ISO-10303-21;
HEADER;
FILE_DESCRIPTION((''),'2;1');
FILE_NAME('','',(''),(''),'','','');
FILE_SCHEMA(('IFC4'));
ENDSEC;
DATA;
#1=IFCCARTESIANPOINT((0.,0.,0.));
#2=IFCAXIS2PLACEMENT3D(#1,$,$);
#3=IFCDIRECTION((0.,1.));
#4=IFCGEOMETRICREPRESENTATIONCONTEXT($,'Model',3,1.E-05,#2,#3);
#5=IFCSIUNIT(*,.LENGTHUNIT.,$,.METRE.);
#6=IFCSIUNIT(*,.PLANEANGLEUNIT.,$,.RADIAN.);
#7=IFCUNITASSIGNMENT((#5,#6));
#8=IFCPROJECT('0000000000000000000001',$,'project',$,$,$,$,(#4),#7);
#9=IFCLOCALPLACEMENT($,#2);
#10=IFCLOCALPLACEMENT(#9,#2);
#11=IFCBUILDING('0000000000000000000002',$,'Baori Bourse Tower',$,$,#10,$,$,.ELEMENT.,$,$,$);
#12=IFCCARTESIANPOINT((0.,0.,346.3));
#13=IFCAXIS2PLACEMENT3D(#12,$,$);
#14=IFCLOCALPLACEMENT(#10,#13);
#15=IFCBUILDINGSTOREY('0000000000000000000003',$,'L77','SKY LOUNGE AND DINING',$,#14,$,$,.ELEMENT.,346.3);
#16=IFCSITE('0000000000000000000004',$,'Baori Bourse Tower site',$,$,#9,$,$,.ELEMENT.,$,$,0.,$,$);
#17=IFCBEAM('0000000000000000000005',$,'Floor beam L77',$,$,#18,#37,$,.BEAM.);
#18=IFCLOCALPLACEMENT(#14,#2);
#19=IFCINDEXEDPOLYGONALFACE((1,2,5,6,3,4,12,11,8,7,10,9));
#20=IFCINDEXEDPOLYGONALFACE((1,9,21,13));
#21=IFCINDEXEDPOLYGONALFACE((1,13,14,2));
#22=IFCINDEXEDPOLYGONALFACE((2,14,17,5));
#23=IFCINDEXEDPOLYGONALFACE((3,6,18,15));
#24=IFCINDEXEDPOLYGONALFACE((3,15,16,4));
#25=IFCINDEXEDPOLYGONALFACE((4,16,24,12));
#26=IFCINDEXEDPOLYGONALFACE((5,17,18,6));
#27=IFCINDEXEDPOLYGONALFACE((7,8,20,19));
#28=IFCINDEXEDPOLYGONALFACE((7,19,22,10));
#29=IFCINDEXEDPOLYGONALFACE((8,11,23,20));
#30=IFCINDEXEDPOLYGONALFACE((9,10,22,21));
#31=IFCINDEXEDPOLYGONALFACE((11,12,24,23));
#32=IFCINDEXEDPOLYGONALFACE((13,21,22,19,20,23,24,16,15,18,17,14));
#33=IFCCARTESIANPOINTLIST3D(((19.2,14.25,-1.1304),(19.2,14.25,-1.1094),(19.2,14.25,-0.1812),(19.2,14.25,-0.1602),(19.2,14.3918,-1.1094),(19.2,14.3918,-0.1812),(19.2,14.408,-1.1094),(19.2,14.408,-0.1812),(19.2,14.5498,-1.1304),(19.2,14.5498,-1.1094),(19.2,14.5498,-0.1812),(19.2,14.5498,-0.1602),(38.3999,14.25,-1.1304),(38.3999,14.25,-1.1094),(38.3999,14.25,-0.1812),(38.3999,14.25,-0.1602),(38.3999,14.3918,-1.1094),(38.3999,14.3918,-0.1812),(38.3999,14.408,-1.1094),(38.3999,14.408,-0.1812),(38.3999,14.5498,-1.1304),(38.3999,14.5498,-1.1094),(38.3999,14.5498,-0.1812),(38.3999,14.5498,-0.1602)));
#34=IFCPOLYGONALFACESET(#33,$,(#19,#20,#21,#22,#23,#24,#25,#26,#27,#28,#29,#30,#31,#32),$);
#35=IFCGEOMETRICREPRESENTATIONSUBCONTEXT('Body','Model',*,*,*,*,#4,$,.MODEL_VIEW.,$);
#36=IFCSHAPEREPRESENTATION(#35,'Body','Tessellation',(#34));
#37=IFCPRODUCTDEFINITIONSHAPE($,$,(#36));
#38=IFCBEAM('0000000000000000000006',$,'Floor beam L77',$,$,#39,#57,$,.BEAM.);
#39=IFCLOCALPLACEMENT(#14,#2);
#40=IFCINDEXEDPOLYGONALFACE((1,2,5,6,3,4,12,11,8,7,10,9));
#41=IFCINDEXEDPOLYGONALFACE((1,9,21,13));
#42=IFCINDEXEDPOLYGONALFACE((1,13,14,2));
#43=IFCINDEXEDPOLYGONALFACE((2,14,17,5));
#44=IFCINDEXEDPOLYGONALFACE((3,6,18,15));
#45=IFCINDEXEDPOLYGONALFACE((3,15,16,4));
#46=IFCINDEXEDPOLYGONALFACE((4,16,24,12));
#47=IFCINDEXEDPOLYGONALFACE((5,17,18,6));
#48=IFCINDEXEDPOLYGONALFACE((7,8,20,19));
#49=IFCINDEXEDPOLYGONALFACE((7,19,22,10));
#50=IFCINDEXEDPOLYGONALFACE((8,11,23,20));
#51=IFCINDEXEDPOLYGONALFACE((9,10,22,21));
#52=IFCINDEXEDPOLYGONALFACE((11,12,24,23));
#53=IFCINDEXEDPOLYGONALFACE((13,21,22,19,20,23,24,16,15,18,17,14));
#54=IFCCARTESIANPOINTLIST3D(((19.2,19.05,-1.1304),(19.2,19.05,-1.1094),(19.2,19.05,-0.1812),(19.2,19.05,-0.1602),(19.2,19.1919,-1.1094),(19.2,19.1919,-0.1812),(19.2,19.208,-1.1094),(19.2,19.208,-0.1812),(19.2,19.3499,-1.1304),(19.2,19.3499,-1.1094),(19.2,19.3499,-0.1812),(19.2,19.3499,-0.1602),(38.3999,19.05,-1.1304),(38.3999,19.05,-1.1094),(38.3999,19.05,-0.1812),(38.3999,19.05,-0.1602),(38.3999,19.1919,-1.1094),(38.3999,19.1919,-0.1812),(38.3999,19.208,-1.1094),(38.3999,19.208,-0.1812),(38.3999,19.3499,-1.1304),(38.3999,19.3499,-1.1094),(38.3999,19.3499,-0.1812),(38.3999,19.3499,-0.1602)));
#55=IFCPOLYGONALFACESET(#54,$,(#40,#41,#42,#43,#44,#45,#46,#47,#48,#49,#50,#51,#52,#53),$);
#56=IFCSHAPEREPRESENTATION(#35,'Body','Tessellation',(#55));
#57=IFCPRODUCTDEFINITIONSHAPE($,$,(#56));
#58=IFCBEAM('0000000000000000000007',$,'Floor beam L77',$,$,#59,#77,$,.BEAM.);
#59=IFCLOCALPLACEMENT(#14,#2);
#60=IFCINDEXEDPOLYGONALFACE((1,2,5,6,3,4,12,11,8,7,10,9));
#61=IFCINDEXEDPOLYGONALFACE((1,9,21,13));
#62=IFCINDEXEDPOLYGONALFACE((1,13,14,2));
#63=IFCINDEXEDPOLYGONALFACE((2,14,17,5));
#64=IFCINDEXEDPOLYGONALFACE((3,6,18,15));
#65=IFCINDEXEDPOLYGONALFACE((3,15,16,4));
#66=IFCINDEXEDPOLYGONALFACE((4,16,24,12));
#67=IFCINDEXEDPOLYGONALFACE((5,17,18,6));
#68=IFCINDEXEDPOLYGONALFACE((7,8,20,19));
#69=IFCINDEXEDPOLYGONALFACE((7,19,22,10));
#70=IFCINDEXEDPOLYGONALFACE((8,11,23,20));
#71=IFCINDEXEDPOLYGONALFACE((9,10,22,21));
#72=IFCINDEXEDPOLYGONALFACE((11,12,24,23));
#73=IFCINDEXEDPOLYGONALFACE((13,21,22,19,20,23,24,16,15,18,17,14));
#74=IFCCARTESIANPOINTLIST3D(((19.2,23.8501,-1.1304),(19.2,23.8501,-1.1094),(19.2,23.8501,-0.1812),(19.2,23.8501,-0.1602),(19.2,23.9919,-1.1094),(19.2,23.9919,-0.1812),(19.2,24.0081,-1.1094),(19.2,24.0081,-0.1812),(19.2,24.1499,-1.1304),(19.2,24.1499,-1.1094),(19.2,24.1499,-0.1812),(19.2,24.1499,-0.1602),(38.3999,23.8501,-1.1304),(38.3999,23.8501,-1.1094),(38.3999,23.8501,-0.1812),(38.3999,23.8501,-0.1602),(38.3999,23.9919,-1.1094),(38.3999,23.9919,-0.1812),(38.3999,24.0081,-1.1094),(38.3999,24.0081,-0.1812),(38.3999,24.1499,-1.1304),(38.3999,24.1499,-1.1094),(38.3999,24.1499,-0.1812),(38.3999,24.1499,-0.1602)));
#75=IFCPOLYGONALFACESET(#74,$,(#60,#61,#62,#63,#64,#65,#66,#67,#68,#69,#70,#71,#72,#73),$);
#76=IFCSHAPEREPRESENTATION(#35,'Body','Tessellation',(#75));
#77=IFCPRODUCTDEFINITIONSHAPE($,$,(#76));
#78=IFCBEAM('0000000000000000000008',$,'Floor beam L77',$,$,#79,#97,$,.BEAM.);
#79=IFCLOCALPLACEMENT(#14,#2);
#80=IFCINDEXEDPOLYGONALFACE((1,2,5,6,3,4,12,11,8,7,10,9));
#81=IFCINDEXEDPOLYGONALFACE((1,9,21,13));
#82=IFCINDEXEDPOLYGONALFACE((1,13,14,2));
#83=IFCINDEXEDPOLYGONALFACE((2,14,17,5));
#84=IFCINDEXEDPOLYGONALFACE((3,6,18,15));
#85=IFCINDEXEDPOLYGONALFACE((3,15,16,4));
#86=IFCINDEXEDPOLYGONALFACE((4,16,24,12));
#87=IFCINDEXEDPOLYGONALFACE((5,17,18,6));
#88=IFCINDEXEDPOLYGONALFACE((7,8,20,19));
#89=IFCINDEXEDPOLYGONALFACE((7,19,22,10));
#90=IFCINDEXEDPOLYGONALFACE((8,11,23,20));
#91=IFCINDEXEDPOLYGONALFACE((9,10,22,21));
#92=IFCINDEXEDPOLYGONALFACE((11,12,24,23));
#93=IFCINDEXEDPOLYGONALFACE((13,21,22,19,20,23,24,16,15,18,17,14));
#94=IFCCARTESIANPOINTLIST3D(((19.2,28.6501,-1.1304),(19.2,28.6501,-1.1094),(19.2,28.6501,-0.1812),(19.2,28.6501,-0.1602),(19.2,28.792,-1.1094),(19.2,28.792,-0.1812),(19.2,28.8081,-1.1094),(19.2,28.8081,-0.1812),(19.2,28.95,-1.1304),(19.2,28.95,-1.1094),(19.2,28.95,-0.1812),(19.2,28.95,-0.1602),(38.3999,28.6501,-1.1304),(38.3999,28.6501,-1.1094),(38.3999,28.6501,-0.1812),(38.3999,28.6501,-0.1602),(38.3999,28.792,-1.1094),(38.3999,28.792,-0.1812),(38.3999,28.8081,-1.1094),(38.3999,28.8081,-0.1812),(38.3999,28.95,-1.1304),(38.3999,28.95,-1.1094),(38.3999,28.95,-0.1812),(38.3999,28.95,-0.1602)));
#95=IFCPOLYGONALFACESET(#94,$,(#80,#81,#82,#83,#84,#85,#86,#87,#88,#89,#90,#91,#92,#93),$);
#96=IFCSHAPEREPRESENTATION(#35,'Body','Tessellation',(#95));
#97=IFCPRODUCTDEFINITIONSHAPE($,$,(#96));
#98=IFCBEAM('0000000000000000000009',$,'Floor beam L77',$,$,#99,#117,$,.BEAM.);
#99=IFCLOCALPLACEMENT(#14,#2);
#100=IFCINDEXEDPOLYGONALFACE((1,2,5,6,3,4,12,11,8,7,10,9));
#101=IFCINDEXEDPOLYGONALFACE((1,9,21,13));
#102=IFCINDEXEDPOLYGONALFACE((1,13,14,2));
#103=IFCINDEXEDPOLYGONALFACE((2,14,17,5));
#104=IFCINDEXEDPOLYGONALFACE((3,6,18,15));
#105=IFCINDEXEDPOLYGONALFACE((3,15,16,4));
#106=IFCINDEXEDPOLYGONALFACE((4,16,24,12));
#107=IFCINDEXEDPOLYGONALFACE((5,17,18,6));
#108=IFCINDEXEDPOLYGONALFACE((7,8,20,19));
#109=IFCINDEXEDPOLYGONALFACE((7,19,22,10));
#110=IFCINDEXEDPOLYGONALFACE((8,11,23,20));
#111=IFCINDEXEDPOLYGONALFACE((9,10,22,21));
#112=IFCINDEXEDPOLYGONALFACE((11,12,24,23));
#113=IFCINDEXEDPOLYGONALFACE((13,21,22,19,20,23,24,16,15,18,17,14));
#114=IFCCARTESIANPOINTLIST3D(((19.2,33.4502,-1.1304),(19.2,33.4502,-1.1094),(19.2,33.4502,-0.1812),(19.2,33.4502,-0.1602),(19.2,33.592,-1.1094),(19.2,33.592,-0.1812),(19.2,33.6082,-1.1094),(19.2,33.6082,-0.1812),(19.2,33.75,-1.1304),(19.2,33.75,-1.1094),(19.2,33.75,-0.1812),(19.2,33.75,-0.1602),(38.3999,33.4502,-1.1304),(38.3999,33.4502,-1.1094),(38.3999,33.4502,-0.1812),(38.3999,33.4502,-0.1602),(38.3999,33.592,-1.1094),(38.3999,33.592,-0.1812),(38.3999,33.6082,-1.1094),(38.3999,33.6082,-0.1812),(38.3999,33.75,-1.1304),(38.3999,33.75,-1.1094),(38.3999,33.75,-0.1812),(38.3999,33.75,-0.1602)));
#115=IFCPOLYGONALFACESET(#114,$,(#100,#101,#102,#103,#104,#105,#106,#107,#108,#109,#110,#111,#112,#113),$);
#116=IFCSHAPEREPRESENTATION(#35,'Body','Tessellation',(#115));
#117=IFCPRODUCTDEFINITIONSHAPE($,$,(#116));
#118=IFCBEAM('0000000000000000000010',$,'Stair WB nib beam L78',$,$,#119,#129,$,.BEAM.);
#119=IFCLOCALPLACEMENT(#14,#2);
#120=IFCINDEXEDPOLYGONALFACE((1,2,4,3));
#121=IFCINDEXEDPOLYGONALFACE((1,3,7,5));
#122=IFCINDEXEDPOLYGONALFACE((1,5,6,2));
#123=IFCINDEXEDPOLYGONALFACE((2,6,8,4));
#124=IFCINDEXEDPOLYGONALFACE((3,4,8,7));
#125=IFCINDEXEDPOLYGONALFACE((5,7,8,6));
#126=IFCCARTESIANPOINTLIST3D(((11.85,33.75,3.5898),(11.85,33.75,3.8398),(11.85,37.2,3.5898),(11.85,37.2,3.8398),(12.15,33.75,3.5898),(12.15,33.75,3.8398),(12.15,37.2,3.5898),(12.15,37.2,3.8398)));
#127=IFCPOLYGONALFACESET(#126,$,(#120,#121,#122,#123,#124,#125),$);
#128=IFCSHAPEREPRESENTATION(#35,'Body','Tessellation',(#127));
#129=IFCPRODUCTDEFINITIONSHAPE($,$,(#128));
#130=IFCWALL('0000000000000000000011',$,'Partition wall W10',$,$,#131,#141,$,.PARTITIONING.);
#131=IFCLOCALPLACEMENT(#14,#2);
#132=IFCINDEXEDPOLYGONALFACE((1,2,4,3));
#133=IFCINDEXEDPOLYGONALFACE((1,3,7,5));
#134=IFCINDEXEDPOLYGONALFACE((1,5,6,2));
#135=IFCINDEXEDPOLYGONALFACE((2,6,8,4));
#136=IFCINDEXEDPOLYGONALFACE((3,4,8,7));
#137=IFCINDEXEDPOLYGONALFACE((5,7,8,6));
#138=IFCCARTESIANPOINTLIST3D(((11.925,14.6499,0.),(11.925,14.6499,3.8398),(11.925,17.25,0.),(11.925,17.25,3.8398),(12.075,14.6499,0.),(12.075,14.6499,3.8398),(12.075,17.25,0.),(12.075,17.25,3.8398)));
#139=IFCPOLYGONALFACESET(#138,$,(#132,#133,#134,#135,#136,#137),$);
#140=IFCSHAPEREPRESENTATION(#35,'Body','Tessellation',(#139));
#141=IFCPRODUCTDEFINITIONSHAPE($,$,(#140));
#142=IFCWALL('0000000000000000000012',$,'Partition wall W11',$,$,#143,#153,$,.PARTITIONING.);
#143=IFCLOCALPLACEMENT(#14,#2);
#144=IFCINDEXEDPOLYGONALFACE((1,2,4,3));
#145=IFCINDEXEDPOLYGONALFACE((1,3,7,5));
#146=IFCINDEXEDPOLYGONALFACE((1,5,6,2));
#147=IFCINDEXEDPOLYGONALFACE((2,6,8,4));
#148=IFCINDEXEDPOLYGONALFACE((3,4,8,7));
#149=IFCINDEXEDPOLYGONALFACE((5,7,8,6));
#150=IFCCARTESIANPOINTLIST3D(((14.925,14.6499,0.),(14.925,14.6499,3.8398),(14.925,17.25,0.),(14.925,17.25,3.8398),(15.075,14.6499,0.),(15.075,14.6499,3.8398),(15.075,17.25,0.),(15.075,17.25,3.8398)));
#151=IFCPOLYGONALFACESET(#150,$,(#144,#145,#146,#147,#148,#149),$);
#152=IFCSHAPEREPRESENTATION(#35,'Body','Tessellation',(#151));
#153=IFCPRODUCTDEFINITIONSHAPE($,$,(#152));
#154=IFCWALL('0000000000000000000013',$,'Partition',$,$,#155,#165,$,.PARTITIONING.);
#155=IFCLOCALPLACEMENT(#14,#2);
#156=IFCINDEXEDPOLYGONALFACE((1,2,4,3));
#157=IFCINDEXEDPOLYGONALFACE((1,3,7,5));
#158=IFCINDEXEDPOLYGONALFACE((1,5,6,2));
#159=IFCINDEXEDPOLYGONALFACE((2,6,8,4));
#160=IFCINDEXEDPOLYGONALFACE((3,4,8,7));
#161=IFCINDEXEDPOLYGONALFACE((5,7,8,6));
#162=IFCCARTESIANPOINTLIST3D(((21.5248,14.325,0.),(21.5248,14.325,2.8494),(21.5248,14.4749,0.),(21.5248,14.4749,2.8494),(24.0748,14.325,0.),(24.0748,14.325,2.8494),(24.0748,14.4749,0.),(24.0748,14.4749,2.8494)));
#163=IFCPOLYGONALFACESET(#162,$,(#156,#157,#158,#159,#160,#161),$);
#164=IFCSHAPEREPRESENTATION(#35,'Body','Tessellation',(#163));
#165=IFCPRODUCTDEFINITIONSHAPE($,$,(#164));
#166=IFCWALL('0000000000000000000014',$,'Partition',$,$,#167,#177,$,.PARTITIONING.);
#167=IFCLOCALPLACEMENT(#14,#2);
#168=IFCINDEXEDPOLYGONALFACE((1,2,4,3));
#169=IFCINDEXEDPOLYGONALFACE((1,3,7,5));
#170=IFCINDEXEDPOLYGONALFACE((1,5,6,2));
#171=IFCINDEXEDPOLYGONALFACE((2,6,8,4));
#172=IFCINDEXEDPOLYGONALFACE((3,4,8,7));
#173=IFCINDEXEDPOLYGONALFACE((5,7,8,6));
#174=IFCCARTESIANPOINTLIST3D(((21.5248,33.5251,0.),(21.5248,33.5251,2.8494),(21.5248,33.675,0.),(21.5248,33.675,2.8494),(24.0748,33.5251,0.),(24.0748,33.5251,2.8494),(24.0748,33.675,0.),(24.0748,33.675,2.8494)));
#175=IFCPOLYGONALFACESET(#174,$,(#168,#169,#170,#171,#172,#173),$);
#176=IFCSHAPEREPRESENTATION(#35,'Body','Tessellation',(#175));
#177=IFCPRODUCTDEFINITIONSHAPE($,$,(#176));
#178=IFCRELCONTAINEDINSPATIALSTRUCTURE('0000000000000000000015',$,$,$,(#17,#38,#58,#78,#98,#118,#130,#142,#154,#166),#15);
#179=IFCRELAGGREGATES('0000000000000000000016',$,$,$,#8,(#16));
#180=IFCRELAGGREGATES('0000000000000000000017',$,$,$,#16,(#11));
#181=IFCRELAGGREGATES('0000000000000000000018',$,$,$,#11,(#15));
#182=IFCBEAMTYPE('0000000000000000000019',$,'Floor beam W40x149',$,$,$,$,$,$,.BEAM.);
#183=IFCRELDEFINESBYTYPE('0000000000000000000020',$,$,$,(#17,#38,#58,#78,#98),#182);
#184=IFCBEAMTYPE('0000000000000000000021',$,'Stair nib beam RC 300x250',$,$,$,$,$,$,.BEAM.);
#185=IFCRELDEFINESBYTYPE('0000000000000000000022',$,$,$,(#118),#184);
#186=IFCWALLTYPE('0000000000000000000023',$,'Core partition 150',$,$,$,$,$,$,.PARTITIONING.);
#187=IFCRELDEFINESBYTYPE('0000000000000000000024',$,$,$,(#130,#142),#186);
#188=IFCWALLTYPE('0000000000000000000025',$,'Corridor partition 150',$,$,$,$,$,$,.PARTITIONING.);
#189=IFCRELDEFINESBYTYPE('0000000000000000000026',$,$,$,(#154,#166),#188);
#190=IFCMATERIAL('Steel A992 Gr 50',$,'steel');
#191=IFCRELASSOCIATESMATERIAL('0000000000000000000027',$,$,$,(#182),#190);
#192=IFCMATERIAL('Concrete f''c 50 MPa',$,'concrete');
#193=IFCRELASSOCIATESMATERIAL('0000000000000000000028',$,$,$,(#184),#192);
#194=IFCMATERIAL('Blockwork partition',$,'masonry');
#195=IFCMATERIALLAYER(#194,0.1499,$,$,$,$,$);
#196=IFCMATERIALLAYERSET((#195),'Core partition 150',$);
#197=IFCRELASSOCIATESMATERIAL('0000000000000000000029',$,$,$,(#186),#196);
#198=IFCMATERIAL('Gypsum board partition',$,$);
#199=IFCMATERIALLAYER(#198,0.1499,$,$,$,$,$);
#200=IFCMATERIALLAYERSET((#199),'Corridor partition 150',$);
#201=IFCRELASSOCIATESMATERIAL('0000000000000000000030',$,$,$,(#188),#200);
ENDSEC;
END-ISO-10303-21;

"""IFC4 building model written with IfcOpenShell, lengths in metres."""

from ifc_helpers import new_model, si_unit, direction, frame, frame_2d, origin, origin_2d, place, context, subcontext, project, spatial, rectangle, i_section, extrude, material, layer, layer_set, material_profile, profile_set, type_object, element, save


model = new_model("IFC4")

# Units and contexts
model_context = context("Model", 3, precision=1e-05, world=origin(), true_north=direction((0.0, 1.0)))
body_context = subcontext(model_context, "Body", "Model", "MODEL_VIEW")
ifc_project = project(units=[si_unit("LENGTHUNIT", "METRE"), si_unit("PLANEANGLEUNIT", "RADIAN")], contexts=[model_context])

# Site, building, storey
site_placement = place(None, origin())
site = spatial("IfcSite", under=ifc_project, at=site_placement, Name="Baori Bourse Tower site", CompositionType="ELEMENT", RefElevation=0.0)
building_placement = place(site_placement, origin())
building = spatial("IfcBuilding", under=site, at=building_placement, Name="Baori Bourse Tower", CompositionType="ELEMENT")
storey_placement = place(building_placement, frame((0.0, 0.0, 346.3)))
storey = spatial("IfcBuildingStorey", under=building, at=storey_placement, Name="L77", Description="SKY LOUNGE AND DINING", CompositionType="ELEMENT", Elevation=346.3)

# Beams
ifc_material_1 = material(Name="Steel A992 Gr 50", Category="steel")
ifc_material_profile_1 = material_profile(ifc_material_1, i_section(OverallWidth=0.2998, OverallDepth=0.9702, WebThickness=0.0161, FlangeThickness=0.021, at=origin_2d()), Name="W40x149")
ifc_profile_set_1 = profile_set([ifc_material_profile_1], Name="Steel A992 Gr 50")
beam_type_1 = type_object("IfcBeamType", Name="Floor beam W40x149", PredefinedType="BEAM", material=ifc_profile_set_1)
for number, where, z_axis, x_axis, name in (
    (1, (19.2, 14.3999, -0.6453), (1.0, 0.0, 0.0), (0.0, 1.0, 0.0), "Floor beam L77"),
    (2, (19.2, 19.2, -0.6453), (1.0, 0.0, 0.0), (0.0, 1.0, 0.0), "Floor beam L77"),
    (3, (19.2, 24.0, -0.6453), (1.0, 0.0, 0.0), (0.0, 1.0, 0.0), "Floor beam L77"),
    (4, (19.2, 28.8, -0.6453), (1.0, 0.0, 0.0), (0.0, 1.0, 0.0), "Floor beam L77"),
    (5, (19.2, 33.6001, -0.6453), (1.0, 0.0, 0.0), (0.0, 1.0, 0.0), "Floor beam L77"),
):
    element("IfcBeam", number, at=place(storey_placement, frame(where, z_axis=z_axis, x_axis=x_axis)), inside=storey, type_object=beam_type_1, Name=name, PredefinedType="BEAM", context=body_context, shape_type="SweptSolid", body=[
        extrude(i_section(OverallWidth=0.2998, OverallDepth=0.9702, WebThickness=0.0161, FlangeThickness=0.021, at=origin_2d()), origin(), (0.0, 0.0, 1.0), 19.2),
    ])
ifc_material_2 = material(Name="Concrete f'c 50 MPa", Category="concrete")
ifc_material_profile_2 = material_profile(ifc_material_2, rectangle(XDim=0.3, YDim=0.25, at=origin_2d()), Name="RC 300x250")
ifc_profile_set_2 = profile_set([ifc_material_profile_2], Name="Concrete f'c 50 MPa")
beam_type_2 = type_object("IfcBeamType", Name="Stair nib beam RC 300x250", PredefinedType="BEAM", material=ifc_profile_set_2)
beam_placement = place(storey_placement, frame((12.0, 33.75, 3.7148), z_axis=(0.0, 1.0, 0.0), x_axis=(-1.0, 0.0, 0.0)))
element("IfcBeam", 6, at=beam_placement, inside=storey, type_object=beam_type_2, Name="Stair WB nib beam L78", PredefinedType="BEAM", context=body_context, shape_type="SweptSolid", body=[
    extrude(rectangle(XDim=0.3, YDim=0.25, at=origin_2d()), origin(), (0.0, 0.0, 1.0), 3.45),
])

# Walls
ifc_material_3 = material(Name="Blockwork partition", Category="masonry")
ifc_layer_1 = layer(ifc_material_3, 0.1499)
ifc_layer_set_1 = layer_set([ifc_layer_1], Name="Core partition 150")
wall_type_1 = type_object("IfcWallType", Name="Core partition 150", PredefinedType="PARTITIONING", material=ifc_layer_set_1)
for number, where, z_axis, x_axis, name in (
    (7, (12.0, 14.6499, 0.0), (0.0, 0.0, 1.0), (0.0, 1.0, 0.0), "Partition wall W10"),
    (8, (15.0, 14.6499, 0.0), (0.0, 0.0, 1.0), (0.0, 1.0, 0.0), "Partition wall W11"),
):
    element("IfcWall", number, at=place(storey_placement, frame(where, z_axis=z_axis, x_axis=x_axis)), inside=storey, type_object=wall_type_1, Name=name, PredefinedType="PARTITIONING", context=body_context, shape_type="SweptSolid", body=[
        extrude(rectangle(XDim=2.6001, YDim=0.1499, at=frame_2d((1.3, 0.0))), origin(), (0.0, 0.0, 1.0), 3.8398),
    ])
ifc_material_4 = material(Name="Gypsum board partition")
ifc_layer_2 = layer(ifc_material_4, 0.1499)
ifc_layer_set_2 = layer_set([ifc_layer_2], Name="Corridor partition 150")
wall_type_2 = type_object("IfcWallType", Name="Corridor partition 150", PredefinedType="PARTITIONING", material=ifc_layer_set_2)
for number, where, z_axis, x_axis, name in (
    (9, (21.5249, 14.3999, 0.0), (0.0, 0.0, 1.0), (1.0, 0.0, 0.0), "Partition"),
    (10, (21.5249, 33.6001, 0.0), (0.0, 0.0, 1.0), (1.0, 0.0, 0.0), "Partition"),
):
    element("IfcWall", number, at=place(storey_placement, frame(where, z_axis=z_axis, x_axis=x_axis)), inside=storey, type_object=wall_type_2, Name=name, PredefinedType="PARTITIONING", context=body_context, shape_type="SweptSolid", body=[
        extrude(rectangle(XDim=2.55, YDim=0.1499, at=frame_2d((1.2749, 0.0))), origin(), (0.0, 0.0, 1.0), 2.8494),
    ])

save(model, "model.ifc")
